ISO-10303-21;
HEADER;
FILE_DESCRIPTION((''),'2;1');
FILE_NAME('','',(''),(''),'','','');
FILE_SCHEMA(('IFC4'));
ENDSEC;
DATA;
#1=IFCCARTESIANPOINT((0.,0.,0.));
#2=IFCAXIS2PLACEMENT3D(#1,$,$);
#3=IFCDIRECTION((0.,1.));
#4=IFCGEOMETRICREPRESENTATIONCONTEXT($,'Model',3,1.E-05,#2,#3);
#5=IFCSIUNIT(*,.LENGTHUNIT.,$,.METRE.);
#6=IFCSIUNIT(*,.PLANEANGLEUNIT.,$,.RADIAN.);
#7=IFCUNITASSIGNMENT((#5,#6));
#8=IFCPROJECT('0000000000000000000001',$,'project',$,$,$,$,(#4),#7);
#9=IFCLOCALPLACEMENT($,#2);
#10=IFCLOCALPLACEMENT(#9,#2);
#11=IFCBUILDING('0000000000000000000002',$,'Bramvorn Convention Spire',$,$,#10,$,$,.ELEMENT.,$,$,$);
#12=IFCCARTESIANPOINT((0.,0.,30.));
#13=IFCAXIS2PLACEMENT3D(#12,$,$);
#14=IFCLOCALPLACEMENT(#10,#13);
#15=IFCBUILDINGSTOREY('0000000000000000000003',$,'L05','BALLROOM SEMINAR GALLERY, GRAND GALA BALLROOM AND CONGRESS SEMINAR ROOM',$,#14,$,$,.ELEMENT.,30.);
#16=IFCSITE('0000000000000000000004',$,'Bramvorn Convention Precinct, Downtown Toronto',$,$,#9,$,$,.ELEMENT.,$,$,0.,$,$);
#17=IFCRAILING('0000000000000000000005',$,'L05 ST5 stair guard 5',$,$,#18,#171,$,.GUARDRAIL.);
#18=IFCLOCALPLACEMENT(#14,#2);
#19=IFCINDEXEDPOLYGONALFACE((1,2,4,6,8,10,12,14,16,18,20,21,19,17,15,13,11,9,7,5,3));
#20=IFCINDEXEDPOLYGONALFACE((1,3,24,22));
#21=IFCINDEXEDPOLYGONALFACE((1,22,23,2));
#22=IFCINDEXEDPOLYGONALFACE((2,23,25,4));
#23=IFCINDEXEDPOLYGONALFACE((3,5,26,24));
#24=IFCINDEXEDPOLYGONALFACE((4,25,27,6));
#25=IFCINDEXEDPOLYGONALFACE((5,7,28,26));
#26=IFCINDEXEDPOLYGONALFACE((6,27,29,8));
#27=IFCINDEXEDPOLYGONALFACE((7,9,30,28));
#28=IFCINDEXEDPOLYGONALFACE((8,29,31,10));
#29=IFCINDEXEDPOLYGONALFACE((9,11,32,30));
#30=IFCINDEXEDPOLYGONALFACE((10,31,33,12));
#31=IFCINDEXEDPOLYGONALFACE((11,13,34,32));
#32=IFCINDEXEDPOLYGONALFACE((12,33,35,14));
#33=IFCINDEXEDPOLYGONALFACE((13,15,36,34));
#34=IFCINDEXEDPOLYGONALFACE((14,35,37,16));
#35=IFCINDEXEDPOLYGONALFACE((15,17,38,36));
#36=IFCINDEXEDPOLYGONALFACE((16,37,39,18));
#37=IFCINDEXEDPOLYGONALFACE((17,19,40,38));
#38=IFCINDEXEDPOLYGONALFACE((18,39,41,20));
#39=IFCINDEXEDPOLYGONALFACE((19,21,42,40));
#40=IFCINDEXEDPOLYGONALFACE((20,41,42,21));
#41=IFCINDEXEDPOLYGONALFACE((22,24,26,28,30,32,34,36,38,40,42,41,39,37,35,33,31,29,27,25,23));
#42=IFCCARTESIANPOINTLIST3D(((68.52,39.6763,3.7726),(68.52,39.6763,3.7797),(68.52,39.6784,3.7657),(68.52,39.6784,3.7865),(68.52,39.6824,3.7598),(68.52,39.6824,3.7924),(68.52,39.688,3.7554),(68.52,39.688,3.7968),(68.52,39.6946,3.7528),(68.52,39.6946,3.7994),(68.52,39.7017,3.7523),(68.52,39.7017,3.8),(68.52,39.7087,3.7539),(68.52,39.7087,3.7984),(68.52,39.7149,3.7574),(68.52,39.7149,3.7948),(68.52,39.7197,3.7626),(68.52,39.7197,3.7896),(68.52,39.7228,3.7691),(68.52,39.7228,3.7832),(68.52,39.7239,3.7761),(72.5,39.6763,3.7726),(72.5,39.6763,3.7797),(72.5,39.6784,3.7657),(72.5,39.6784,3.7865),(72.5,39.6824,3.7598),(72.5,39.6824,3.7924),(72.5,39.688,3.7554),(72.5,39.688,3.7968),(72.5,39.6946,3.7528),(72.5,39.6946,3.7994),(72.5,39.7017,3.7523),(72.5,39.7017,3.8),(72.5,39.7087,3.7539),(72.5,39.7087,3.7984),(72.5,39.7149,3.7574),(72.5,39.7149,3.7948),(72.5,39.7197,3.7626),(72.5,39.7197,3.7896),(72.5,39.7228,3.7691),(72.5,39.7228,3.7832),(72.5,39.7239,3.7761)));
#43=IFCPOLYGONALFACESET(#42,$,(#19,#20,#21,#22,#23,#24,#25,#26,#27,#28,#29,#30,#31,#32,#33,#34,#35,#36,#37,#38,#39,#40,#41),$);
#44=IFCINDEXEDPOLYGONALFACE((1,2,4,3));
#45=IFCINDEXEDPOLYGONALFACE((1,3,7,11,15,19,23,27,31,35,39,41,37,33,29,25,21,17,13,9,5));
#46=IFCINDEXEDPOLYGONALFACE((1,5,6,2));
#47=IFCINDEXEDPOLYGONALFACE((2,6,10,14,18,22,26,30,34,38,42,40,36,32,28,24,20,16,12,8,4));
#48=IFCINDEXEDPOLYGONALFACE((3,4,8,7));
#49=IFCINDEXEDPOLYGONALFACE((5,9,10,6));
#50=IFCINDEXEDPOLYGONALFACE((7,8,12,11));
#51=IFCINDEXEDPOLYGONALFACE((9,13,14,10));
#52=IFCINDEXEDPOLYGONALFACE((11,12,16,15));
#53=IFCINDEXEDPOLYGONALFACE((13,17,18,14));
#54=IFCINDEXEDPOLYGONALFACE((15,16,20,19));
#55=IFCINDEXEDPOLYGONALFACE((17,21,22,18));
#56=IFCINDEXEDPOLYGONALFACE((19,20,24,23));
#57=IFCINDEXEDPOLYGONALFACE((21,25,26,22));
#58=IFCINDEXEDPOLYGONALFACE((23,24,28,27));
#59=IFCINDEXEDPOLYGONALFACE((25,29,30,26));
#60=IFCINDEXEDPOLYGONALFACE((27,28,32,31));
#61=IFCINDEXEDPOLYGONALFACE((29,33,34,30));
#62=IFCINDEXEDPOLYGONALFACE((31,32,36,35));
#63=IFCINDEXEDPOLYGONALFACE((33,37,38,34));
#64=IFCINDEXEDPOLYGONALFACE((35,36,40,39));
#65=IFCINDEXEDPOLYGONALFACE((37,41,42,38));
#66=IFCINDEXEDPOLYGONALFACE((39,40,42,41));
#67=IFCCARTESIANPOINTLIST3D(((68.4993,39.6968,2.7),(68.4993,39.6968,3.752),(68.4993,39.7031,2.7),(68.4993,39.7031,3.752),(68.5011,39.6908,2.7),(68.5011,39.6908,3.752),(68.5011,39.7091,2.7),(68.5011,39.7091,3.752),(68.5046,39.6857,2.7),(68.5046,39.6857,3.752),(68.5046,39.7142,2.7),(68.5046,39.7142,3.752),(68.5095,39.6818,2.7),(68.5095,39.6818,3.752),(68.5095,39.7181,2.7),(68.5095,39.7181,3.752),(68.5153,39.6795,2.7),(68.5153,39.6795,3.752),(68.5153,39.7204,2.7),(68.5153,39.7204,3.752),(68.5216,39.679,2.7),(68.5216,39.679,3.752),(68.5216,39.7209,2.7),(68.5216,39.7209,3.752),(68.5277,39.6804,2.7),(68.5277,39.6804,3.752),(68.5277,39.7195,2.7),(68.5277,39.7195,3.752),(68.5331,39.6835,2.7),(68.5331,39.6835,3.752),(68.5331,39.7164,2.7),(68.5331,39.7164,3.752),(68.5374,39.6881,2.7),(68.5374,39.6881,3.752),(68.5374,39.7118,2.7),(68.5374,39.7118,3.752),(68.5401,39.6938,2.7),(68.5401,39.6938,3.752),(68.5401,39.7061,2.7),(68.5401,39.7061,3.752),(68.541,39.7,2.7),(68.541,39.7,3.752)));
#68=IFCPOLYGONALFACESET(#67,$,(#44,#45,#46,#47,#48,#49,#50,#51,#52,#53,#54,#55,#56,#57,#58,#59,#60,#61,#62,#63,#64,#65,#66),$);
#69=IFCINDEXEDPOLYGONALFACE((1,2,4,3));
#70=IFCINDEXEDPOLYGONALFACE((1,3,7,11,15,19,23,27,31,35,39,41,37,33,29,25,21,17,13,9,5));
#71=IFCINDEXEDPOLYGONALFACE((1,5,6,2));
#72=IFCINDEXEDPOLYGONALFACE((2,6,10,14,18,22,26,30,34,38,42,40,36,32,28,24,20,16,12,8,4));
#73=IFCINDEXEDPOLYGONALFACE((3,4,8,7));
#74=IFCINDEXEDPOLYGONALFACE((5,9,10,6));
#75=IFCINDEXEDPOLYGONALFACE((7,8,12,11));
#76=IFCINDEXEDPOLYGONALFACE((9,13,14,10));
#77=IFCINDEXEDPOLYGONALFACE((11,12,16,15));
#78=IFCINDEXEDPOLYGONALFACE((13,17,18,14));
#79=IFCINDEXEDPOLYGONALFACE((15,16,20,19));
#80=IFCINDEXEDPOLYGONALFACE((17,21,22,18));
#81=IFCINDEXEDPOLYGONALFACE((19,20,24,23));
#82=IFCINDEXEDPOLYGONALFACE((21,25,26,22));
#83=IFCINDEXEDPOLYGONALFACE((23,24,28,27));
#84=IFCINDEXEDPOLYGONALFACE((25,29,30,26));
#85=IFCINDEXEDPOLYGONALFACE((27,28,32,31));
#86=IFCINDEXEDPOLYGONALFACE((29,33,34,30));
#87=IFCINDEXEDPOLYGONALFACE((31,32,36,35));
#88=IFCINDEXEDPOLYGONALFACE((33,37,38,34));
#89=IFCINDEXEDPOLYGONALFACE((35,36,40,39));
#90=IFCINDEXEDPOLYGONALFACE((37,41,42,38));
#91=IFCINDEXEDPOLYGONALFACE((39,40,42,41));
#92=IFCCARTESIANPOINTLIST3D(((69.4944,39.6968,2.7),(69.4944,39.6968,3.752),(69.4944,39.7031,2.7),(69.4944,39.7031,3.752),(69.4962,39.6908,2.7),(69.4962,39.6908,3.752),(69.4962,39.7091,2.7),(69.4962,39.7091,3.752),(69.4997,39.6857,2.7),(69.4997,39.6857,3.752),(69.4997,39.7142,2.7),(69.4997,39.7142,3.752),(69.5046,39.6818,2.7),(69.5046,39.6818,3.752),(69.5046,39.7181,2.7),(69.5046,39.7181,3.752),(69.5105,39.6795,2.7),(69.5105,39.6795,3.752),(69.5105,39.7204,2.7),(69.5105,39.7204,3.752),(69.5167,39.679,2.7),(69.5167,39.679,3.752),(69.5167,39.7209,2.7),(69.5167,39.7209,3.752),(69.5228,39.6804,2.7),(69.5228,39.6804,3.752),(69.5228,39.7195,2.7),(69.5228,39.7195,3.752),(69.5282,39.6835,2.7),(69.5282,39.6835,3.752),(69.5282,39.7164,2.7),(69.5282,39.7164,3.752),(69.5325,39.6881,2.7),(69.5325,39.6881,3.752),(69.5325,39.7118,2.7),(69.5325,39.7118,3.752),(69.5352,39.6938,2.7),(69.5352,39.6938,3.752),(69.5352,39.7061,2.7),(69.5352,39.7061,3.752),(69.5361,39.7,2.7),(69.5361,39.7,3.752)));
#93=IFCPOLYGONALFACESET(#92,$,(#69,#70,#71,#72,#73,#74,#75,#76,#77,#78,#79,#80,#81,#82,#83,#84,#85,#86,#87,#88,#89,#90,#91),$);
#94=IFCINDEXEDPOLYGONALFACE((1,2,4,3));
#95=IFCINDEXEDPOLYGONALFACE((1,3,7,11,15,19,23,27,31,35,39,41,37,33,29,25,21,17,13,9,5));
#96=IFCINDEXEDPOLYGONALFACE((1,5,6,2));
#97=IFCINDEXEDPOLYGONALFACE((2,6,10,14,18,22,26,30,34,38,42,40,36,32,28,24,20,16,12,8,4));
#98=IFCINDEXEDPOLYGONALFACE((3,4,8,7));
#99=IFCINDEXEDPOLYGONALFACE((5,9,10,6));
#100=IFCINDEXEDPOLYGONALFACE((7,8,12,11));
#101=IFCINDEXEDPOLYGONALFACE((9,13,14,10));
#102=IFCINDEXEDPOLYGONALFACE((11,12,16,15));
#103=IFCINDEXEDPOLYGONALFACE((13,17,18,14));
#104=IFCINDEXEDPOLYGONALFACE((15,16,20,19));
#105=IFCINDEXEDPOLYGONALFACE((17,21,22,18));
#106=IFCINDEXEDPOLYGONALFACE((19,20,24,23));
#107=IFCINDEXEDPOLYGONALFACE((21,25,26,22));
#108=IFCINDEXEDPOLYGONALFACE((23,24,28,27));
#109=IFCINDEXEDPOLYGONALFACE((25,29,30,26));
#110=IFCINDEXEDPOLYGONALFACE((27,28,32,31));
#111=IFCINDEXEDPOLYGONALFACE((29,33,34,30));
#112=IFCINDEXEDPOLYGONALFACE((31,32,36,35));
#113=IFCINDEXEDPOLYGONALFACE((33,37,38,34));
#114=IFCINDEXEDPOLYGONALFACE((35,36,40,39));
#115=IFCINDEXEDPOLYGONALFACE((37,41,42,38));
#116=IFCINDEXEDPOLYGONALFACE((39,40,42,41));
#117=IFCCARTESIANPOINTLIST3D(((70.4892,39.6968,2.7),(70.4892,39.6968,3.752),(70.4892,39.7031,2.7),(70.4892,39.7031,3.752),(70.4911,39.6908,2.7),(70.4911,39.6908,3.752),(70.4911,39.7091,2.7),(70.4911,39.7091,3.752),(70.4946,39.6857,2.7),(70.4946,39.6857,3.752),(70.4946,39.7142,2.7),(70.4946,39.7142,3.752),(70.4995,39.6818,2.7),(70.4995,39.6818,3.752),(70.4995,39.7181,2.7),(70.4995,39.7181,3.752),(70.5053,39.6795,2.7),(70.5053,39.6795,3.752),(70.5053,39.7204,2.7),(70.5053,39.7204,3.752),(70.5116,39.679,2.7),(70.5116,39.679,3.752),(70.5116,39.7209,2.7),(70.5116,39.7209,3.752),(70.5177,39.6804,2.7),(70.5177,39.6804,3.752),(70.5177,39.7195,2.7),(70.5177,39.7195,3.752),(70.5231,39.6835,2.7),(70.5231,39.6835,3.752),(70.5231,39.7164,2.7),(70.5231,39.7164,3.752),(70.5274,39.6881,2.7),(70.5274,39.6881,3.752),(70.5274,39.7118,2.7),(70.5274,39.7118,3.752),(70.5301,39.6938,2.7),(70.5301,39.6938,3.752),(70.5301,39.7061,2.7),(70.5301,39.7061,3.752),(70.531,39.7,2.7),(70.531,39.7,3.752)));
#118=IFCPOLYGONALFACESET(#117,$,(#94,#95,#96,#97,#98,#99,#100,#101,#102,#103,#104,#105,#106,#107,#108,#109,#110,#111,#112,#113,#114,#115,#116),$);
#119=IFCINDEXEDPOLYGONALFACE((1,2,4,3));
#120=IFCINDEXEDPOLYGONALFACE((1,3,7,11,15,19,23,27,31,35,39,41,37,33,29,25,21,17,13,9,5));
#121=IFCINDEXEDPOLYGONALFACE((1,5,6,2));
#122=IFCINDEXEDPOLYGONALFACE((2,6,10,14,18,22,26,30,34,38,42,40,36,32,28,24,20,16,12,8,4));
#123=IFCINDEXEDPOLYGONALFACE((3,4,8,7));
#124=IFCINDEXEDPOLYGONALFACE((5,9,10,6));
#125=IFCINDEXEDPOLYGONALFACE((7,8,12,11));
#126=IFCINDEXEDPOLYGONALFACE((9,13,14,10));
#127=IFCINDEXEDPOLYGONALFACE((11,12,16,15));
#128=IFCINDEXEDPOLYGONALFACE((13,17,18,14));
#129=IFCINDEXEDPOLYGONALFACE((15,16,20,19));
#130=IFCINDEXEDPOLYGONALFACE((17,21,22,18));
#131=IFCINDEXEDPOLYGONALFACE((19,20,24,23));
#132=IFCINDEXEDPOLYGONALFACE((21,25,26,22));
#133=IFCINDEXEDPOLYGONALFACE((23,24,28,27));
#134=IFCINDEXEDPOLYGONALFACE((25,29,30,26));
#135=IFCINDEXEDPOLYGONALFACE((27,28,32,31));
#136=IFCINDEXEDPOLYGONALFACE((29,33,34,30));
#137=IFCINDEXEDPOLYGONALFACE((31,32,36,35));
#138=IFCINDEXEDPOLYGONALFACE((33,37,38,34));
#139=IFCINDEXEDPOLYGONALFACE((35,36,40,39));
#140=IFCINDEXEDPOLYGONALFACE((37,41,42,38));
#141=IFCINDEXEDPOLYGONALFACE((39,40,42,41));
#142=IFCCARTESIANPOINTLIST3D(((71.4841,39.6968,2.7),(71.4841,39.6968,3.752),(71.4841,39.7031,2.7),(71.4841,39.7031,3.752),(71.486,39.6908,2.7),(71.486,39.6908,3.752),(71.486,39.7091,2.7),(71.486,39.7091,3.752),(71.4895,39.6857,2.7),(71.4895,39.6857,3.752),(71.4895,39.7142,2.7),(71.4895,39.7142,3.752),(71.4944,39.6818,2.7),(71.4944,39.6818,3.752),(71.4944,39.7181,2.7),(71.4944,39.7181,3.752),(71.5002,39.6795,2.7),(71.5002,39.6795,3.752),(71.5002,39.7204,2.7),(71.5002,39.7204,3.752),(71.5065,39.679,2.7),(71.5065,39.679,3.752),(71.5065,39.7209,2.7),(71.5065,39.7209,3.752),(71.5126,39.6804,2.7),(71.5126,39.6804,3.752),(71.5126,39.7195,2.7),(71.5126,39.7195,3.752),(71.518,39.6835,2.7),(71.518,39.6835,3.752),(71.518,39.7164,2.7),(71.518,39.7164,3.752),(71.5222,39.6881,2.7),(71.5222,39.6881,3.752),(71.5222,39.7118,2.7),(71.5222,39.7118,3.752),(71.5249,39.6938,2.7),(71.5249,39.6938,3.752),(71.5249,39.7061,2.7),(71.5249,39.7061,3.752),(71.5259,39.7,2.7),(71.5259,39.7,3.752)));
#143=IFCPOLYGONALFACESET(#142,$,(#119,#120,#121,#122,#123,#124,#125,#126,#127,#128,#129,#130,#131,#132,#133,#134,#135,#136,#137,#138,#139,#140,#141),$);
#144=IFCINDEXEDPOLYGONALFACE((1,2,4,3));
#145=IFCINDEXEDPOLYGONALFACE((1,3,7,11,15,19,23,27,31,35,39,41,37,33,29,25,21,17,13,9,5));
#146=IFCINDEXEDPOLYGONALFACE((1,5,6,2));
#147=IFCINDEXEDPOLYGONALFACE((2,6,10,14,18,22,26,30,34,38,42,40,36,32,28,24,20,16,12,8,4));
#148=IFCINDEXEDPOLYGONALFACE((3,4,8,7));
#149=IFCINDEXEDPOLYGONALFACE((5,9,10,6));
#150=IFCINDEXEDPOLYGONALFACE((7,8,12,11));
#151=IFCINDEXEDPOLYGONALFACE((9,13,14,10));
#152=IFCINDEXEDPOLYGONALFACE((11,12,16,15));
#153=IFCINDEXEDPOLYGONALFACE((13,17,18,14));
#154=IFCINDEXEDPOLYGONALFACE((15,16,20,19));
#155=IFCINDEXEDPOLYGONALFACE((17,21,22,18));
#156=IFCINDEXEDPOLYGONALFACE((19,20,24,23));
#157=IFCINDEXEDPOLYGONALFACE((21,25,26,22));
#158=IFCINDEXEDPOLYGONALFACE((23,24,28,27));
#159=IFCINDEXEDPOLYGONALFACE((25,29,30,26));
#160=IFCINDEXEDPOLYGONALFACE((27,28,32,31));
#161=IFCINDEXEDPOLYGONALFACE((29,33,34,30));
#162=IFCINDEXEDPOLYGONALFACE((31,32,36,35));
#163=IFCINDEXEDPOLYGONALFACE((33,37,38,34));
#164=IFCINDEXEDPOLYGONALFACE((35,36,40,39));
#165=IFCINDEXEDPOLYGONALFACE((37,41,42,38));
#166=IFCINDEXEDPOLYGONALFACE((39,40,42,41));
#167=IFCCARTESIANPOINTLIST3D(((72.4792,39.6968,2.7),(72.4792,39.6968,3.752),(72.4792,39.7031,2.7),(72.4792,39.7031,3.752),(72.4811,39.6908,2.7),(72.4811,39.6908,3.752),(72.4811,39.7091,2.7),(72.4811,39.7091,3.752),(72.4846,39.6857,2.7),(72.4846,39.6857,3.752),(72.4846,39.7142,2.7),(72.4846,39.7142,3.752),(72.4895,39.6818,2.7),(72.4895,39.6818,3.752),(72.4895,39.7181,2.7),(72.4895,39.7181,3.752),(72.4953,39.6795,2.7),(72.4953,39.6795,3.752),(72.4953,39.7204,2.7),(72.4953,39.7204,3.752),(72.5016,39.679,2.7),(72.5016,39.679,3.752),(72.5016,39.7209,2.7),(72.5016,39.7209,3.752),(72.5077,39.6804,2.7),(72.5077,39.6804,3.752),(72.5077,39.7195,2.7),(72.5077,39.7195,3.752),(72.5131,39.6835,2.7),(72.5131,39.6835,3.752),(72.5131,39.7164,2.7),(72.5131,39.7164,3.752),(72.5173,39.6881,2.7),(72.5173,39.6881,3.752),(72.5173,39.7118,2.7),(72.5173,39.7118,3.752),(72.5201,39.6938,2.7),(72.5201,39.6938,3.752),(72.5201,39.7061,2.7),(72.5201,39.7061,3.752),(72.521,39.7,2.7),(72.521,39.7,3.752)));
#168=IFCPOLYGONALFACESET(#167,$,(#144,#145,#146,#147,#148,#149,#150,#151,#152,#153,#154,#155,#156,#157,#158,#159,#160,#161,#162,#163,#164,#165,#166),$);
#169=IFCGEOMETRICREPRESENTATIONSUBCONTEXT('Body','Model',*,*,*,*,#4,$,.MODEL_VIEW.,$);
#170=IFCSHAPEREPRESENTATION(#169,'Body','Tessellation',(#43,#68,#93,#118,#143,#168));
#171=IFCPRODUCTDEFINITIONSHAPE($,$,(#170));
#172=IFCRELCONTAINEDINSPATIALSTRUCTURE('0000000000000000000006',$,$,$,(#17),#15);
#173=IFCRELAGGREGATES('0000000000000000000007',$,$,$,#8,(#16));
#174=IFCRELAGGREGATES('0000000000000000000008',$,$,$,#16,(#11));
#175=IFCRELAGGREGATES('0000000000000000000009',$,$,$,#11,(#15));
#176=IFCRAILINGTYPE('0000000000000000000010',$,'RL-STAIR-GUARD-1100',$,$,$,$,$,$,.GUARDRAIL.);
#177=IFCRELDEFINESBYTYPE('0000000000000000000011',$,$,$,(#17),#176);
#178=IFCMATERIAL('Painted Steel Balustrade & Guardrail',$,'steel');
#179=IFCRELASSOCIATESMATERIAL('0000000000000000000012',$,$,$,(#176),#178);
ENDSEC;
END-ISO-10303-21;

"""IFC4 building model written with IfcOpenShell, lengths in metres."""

from ifc_helpers import new_model, si_unit, direction, frame, origin, origin_2d, place, context, subcontext, project, spatial, circle, extrude, material, type_object, element, save


model = new_model("IFC4")

# Units and contexts
model_context = context("Model", 3, precision=1e-05, world=origin(), true_north=direction((0.0, 1.0)))
body_context = subcontext(model_context, "Body", "Model", "MODEL_VIEW")
ifc_project = project(units=[si_unit("LENGTHUNIT", "METRE"), si_unit("PLANEANGLEUNIT", "RADIAN")], contexts=[model_context])

# Site, building, storey
site_placement = place(None, origin())
site = spatial("IfcSite", under=ifc_project, at=site_placement, Name="Bramvorn Convention Precinct, Downtown Toronto", CompositionType="ELEMENT", RefElevation=0.0)
building_placement = place(site_placement, origin())
building = spatial("IfcBuilding", under=site, at=building_placement, Name="Bramvorn Convention Spire", CompositionType="ELEMENT")
storey_placement = place(building_placement, frame((0.0, 0.0, 30.0)))
storey = spatial("IfcBuildingStorey", under=building, at=storey_placement, Name="L05", Description="BALLROOM SEMINAR GALLERY, GRAND GALA BALLROOM AND CONGRESS SEMINAR ROOM", CompositionType="ELEMENT", Elevation=30.0)

# Railing
ifc_material_1 = material(Name="Painted Steel Balustrade & Guardrail", Category="steel")
railing_type_1 = type_object("IfcRailingType", Name="RL-STAIR-GUARD-1100", PredefinedType="GUARDRAIL", material=ifc_material_1)
railing_1_placement = place(storey_placement, frame((68.52, 39.7, 2.7)))
element("IfcRailing", 1, at=railing_1_placement, inside=storey, type_object=railing_type_1, Name="L05 ST5 stair guard 5", PredefinedType="GUARDRAIL", context=body_context, shape_type="SweptSolid", body=[
    extrude(circle(Radius=0.0239, at=origin_2d()), frame((0.0, 0.0, 1.0762), z_axis=(1.0, 0.0, 0.0), x_axis=(0.0, 1.0, 0.0)), (0.0, 0.0, 1.0), 3.98),
    extrude(circle(Radius=0.021, at=origin_2d()), origin(), (0.0, 0.0, 1.0), 1.052),
    extrude(circle(Radius=0.021, at=origin_2d()), frame((0.9951, 0.0, 0.0)), (0.0, 0.0, 1.0), 1.052),
    extrude(circle(Radius=0.021, at=origin_2d()), frame((1.99, 0.0, 0.0)), (0.0, 0.0, 1.0), 1.052),
    extrude(circle(Radius=0.021, at=origin_2d()), frame((2.9849, 0.0, 0.0)), (0.0, 0.0, 1.0), 1.052),
    extrude(circle(Radius=0.021, at=origin_2d()), frame((3.98, 0.0, 0.0)), (0.0, 0.0, 1.0), 1.052),
])

save(model, "model.ifc")
